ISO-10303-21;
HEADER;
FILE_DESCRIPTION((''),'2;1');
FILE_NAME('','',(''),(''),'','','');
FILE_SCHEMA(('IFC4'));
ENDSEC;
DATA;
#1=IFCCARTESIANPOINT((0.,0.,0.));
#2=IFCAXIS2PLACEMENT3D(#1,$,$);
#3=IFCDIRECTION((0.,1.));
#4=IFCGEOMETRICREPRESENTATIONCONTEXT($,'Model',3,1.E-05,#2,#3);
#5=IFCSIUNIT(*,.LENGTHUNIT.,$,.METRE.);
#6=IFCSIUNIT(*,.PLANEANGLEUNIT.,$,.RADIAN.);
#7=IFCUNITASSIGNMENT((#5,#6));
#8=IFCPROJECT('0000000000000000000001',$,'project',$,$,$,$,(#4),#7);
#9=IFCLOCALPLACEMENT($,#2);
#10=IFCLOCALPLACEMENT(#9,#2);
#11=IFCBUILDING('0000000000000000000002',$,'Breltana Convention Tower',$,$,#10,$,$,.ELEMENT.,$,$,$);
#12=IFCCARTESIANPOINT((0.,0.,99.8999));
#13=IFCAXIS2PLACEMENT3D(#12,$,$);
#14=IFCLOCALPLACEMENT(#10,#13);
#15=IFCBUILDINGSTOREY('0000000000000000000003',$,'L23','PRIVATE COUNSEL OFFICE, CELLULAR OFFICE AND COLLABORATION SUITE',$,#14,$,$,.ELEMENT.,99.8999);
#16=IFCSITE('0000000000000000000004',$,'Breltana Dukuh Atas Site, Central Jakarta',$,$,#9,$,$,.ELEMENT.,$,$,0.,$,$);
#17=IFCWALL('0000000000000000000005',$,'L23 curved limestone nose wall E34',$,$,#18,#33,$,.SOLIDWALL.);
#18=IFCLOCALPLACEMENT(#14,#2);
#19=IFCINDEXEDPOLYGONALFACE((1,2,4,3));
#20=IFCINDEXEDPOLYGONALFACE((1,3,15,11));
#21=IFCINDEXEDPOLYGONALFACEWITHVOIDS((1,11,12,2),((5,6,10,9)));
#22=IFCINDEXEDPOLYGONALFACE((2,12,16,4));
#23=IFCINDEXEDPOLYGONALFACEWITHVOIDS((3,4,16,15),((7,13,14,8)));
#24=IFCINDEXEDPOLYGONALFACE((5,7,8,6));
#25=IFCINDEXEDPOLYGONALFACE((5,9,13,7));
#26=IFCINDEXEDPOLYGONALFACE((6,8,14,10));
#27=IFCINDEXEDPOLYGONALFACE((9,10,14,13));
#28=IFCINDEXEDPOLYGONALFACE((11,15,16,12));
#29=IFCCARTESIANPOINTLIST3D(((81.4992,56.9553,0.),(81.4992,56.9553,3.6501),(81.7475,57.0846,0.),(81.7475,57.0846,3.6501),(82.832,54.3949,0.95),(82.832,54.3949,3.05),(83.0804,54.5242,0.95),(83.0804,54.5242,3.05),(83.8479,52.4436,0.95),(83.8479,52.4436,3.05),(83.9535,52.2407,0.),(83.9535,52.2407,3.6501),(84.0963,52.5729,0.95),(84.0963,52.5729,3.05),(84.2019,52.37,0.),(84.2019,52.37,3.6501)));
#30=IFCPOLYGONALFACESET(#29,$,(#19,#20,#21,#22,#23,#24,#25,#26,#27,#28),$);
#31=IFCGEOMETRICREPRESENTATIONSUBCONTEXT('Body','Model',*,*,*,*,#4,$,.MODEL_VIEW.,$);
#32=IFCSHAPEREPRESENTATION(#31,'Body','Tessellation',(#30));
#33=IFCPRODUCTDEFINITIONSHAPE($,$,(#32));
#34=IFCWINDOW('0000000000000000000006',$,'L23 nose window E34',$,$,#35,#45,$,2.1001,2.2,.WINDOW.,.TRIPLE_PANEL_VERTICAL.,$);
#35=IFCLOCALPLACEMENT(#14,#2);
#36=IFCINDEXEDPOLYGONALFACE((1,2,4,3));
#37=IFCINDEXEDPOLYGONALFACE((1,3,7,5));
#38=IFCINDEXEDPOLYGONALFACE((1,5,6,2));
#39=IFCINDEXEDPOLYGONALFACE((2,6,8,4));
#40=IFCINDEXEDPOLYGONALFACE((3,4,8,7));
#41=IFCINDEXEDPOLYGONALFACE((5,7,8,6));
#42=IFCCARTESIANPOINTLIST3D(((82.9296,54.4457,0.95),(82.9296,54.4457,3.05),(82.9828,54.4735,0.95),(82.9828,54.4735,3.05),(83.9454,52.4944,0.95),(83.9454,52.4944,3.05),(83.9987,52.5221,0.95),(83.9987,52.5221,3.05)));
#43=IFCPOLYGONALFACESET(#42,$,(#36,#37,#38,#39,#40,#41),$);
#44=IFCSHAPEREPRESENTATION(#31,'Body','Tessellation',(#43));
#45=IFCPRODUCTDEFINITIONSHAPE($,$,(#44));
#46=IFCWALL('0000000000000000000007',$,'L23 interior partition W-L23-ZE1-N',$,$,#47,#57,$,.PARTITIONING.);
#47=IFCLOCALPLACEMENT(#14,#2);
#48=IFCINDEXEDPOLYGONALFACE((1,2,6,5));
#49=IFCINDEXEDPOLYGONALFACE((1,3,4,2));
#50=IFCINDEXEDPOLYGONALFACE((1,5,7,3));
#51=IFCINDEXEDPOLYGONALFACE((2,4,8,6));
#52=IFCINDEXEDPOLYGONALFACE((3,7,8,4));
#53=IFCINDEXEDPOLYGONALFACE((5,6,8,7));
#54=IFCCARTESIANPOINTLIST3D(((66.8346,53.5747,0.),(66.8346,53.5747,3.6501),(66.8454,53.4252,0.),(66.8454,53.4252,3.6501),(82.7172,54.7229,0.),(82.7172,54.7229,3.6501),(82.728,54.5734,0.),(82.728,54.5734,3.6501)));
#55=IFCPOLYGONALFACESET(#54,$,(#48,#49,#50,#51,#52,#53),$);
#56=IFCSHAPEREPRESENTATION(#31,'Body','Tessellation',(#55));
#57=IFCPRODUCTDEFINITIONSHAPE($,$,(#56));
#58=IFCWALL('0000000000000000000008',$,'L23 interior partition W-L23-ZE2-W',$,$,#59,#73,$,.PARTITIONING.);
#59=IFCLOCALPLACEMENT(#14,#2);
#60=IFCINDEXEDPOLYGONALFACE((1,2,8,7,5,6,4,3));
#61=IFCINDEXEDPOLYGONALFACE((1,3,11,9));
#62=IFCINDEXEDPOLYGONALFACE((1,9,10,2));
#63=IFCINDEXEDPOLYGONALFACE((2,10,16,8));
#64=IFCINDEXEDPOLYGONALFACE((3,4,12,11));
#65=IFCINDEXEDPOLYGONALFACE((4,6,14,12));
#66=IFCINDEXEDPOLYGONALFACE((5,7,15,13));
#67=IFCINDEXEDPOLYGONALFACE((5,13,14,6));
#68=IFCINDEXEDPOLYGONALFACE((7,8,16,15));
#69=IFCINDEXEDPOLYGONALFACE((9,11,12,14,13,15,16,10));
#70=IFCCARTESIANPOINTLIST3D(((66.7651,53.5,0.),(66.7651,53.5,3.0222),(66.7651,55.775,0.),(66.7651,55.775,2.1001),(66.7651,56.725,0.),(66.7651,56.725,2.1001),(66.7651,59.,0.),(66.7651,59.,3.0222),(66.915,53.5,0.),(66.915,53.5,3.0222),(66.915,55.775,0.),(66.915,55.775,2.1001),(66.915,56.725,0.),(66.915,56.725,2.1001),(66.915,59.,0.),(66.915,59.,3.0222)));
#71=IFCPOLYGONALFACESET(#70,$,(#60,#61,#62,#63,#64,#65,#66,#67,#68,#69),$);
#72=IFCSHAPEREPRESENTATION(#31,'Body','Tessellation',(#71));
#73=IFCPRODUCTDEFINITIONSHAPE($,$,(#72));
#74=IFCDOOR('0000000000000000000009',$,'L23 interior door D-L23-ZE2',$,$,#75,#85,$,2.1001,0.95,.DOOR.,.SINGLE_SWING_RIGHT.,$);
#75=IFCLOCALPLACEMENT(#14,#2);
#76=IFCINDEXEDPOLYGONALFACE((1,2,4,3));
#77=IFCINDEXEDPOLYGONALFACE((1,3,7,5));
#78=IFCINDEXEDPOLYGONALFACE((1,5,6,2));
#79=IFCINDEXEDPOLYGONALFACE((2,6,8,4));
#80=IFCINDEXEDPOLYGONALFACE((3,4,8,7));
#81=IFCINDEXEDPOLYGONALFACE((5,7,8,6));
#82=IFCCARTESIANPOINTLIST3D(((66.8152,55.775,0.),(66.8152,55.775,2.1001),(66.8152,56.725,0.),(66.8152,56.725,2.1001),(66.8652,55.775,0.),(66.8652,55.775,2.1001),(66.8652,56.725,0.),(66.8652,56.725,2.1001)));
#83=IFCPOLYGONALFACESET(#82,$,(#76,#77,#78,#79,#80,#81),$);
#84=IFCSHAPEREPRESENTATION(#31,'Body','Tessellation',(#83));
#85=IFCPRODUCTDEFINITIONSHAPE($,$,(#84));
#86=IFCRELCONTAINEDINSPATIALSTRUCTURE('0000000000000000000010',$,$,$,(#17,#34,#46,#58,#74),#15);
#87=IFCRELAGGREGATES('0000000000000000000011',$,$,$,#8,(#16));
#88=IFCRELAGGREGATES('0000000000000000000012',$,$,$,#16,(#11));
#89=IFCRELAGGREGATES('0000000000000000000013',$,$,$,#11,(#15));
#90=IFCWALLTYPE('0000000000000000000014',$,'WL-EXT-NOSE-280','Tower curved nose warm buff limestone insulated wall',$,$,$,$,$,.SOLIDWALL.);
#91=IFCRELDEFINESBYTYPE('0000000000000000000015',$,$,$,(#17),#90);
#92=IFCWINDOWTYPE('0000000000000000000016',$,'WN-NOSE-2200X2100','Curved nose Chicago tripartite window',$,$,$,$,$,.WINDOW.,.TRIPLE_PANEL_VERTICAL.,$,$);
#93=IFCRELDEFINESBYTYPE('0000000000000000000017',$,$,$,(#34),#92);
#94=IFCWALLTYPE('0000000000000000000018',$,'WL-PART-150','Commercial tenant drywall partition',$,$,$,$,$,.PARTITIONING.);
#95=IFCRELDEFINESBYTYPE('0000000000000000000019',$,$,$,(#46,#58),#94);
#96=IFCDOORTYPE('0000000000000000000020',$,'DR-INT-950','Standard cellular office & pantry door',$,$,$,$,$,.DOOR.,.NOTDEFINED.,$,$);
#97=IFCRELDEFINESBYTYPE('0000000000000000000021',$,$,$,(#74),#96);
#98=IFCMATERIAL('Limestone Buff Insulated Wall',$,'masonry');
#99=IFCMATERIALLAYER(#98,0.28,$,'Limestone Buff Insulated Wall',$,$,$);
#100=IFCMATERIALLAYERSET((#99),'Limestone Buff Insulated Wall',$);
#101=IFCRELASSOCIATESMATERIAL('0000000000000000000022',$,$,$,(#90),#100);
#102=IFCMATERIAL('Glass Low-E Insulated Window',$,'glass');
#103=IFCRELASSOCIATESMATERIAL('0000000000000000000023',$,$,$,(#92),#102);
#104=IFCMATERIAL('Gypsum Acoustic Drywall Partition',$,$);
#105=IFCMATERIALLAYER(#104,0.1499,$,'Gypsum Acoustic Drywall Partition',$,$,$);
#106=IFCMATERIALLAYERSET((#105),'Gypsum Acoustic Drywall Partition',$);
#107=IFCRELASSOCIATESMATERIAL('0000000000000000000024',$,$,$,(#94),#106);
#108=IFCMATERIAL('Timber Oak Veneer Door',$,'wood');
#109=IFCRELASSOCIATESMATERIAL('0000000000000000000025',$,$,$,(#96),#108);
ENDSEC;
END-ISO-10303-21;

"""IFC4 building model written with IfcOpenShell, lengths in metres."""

from ifc_helpers import new_model, si_unit, direction, frame, frame_2d, origin, place, context, subcontext, project, spatial, rectangle, extrude, source, transform, mapped, material, layer, layer_set, type_object, type_shapes, element, fill, save


model = new_model("IFC4")

# Units and contexts
model_context = context("Model", 3, precision=1e-05, world=origin(), true_north=direction((0.0, 1.0)))
body_context = subcontext(model_context, "Body", "Model", "MODEL_VIEW")
ifc_project = project(units=[si_unit("LENGTHUNIT", "METRE"), si_unit("PLANEANGLEUNIT", "RADIAN")], contexts=[model_context])

# Site, building, storey
site_placement = place(None, origin())
site = spatial("IfcSite", under=ifc_project, at=site_placement, Name="Breltana Dukuh Atas Site, Central Jakarta", CompositionType="ELEMENT", RefElevation=0.0)
building_placement = place(site_placement, origin())
building = spatial("IfcBuilding", under=site, at=building_placement, Name="Breltana Convention Tower", CompositionType="ELEMENT")
storey_placement = place(building_placement, frame((0.0, 0.0, 99.8999)))
storey = spatial("IfcBuildingStorey", under=building, at=storey_placement, Name="L23", Description="PRIVATE COUNSEL OFFICE, CELLULAR OFFICE AND COLLABORATION SUITE", CompositionType="ELEMENT", Elevation=99.8999)

# Wall, opening, window
ifc_material_1 = material(Name="Limestone Buff Insulated Wall", Category="masonry")
ifc_layer_1 = layer(ifc_material_1, 0.28, Name="Limestone Buff Insulated Wall")
ifc_layer_set_1 = layer_set([ifc_layer_1], Name="Limestone Buff Insulated Wall")
wall_type_1 = type_object("IfcWallType", Name="WL-EXT-NOSE-280", Description="Tower curved nose warm buff limestone insulated wall", PredefinedType="SOLIDWALL", material=ifc_layer_set_1)
ifc_material_2 = material(Name="Glass Low-E Insulated Window", Category="glass")
window_type = type_object("IfcWindowType", Name="WN-NOSE-2200X2100", Description="Curved nose Chicago tripartite window", PartitioningType="TRIPLE_PANEL_VERTICAL", PredefinedType="WINDOW", material=ifc_material_2)
shared_shape_1 = source(origin(), body_context, "Body", "SweptSolid", [
    extrude(rectangle(XDim=2.2, YDim=2.1001, at=frame_2d((1.1001, 1.05))), frame((0.0, 0.03, 0.0), z_axis=(0.0, -1.0, 0.0), x_axis=(1.0, 0.0, 0.0)), (0.0, 0.0, 1.0), 0.0601),
])
type_shapes(window_type, [shared_shape_1])
shared_shape_2 = source(origin(), body_context, "Body", "SweptSolid", [
    extrude(rectangle(XDim=5.3152, YDim=0.28, at=frame_2d((2.6577, 0.0))), origin(), (0.0, 0.0, 1.0), 3.6501),
])
wall_1_placement = place(storey_placement, frame((81.6233, 57.02, 0.0), z_axis=(0.0, 0.0, 1.0), x_axis=(0.461761, -0.887005, 0.0)))
wall_1 = element("IfcWall", 1, at=wall_1_placement, inside=storey, type_object=wall_type_1, Name="L23 curved limestone nose wall E34", PredefinedType="SOLIDWALL", context=body_context, shape_type="MappedRepresentation", body=[
    mapped(shared_shape_2, transform((0.0, 0.0, 0.0), scale=1.0)),
])
opening_1_placement = place(wall_1_placement, frame((2.8865, 0.0, 0.95)))
opening_1 = element("IfcOpeningElement", 2, at=opening_1_placement, cuts=wall_1, PredefinedType="OPENING", context=body_context, shape_type="SweptSolid", body=[
    extrude(rectangle(XDim=2.2, YDim=2.1001, at=frame_2d((1.1001, 1.05))), frame((0.0, 0.1499, 0.0), z_axis=(0.0, -1.0, 0.0), x_axis=(1.0, 0.0, 0.0)), (0.0, 0.0, 1.0), 0.3),
])
window_1_placement = place(opening_1_placement, origin())
window_1 = element("IfcWindow", 3, at=window_1_placement, inside=storey, type_object=window_type, Name="L23 nose window E34", OverallHeight=2.1001, OverallWidth=2.2, PartitioningType="TRIPLE_PANEL_VERTICAL", PredefinedType="WINDOW", context=body_context, shape_type="MappedRepresentation", body=[
    mapped(shared_shape_1, transform((0.0, 0.0, 0.0), scale=1.0)),
])
fill(opening_1, window_1)

# Wall
ifc_material_3 = material(Name="Gypsum Acoustic Drywall Partition")
ifc_layer_2 = layer(ifc_material_3, 0.1499, Name="Gypsum Acoustic Drywall Partition")
ifc_layer_set_2 = layer_set([ifc_layer_2], Name="Gypsum Acoustic Drywall Partition")
wall_type_2 = type_object("IfcWallType", Name="WL-PART-150", Description="Commercial tenant drywall partition", PredefinedType="PARTITIONING", material=ifc_layer_set_2)
shared_shape_3 = source(origin(), body_context, "Body", "SweptSolid", [
    extrude(rectangle(XDim=15.9241, YDim=0.1499, at=frame_2d((7.9619, 0.0))), origin(), (0.0, 0.0, 1.0), 3.6501),
])
wall_2_placement = place(storey_placement, frame((66.8401, 53.5, 0.0), z_axis=(0.0, 0.0, 1.0), x_axis=(0.997397, 0.072105, 0.0)))
element("IfcWall", 4, at=wall_2_placement, inside=storey, type_object=wall_type_2, Name="L23 interior partition W-L23-ZE1-N", PredefinedType="PARTITIONING", context=body_context, shape_type="MappedRepresentation", body=[
    mapped(shared_shape_3, transform((0.0, 0.0, 0.0), scale=1.0)),
])

# Wall, opening, door
shared_shape_4 = source(origin(), body_context, "Body", "SweptSolid", [
    extrude(rectangle(XDim=5.5, YDim=0.1499, at=frame_2d((2.75, 0.0))), origin(), (0.0, 0.0, 1.0), 3.0222),
])
wall_3_placement = place(storey_placement, frame((66.8401, 53.5, 0.0), z_axis=(0.0, 0.0, 1.0), x_axis=(0.0, 1.0, 0.0)))
wall_3 = element("IfcWall", 5, at=wall_3_placement, inside=storey, type_object=wall_type_2, Name="L23 interior partition W-L23-ZE2-W", PredefinedType="PARTITIONING", context=body_context, shape_type="MappedRepresentation", body=[
    mapped(shared_shape_4, transform((0.0, 0.0, 0.0), scale=1.0)),
])
opening_2_placement = place(wall_3_placement, frame((2.2749, 0.0, 0.0)))
opening_2 = element("IfcOpeningElement", 6, at=opening_2_placement, cuts=wall_3, PredefinedType="OPENING", context=body_context, shape_type="SweptSolid", body=[
    extrude(rectangle(XDim=0.95, YDim=2.1001, at=frame_2d((0.4751, 1.05))), frame((0.0, 0.085, 0.0), z_axis=(0.0, -1.0, 0.0), x_axis=(1.0, 0.0, 0.0)), (0.0, 0.0, 1.0), 0.1699),
])
ifc_material_4 = material(Name="Timber Oak Veneer Door", Category="wood")
door_type = type_object("IfcDoorType", Name="DR-INT-950", Description="Standard cellular office & pantry door", OperationType="NOTDEFINED", PredefinedType="DOOR", material=ifc_material_4)
shared_shape_5 = source(origin(), body_context, "Body", "SweptSolid", [
    extrude(rectangle(XDim=0.95, YDim=2.1001, at=frame_2d((0.4751, 1.05))), frame((0.0, 0.0249, 0.0), z_axis=(0.0, -1.0, 0.0), x_axis=(1.0, 0.0, 0.0)), (0.0, 0.0, 1.0), 0.05),
])
type_shapes(door_type, [shared_shape_5])
door_placement = place(opening_2_placement, origin())
door = element("IfcDoor", 7, at=door_placement, inside=storey, type_object=door_type, Name="L23 interior door D-L23-ZE2", OperationType="SINGLE_SWING_RIGHT", OverallHeight=2.1001, OverallWidth=0.95, PredefinedType="DOOR", context=body_context, shape_type="MappedRepresentation", body=[
    mapped(shared_shape_5, transform((0.0, 0.0, 0.0), scale=1.0)),
])
fill(opening_2, door)

save(model, "model.ifc")
